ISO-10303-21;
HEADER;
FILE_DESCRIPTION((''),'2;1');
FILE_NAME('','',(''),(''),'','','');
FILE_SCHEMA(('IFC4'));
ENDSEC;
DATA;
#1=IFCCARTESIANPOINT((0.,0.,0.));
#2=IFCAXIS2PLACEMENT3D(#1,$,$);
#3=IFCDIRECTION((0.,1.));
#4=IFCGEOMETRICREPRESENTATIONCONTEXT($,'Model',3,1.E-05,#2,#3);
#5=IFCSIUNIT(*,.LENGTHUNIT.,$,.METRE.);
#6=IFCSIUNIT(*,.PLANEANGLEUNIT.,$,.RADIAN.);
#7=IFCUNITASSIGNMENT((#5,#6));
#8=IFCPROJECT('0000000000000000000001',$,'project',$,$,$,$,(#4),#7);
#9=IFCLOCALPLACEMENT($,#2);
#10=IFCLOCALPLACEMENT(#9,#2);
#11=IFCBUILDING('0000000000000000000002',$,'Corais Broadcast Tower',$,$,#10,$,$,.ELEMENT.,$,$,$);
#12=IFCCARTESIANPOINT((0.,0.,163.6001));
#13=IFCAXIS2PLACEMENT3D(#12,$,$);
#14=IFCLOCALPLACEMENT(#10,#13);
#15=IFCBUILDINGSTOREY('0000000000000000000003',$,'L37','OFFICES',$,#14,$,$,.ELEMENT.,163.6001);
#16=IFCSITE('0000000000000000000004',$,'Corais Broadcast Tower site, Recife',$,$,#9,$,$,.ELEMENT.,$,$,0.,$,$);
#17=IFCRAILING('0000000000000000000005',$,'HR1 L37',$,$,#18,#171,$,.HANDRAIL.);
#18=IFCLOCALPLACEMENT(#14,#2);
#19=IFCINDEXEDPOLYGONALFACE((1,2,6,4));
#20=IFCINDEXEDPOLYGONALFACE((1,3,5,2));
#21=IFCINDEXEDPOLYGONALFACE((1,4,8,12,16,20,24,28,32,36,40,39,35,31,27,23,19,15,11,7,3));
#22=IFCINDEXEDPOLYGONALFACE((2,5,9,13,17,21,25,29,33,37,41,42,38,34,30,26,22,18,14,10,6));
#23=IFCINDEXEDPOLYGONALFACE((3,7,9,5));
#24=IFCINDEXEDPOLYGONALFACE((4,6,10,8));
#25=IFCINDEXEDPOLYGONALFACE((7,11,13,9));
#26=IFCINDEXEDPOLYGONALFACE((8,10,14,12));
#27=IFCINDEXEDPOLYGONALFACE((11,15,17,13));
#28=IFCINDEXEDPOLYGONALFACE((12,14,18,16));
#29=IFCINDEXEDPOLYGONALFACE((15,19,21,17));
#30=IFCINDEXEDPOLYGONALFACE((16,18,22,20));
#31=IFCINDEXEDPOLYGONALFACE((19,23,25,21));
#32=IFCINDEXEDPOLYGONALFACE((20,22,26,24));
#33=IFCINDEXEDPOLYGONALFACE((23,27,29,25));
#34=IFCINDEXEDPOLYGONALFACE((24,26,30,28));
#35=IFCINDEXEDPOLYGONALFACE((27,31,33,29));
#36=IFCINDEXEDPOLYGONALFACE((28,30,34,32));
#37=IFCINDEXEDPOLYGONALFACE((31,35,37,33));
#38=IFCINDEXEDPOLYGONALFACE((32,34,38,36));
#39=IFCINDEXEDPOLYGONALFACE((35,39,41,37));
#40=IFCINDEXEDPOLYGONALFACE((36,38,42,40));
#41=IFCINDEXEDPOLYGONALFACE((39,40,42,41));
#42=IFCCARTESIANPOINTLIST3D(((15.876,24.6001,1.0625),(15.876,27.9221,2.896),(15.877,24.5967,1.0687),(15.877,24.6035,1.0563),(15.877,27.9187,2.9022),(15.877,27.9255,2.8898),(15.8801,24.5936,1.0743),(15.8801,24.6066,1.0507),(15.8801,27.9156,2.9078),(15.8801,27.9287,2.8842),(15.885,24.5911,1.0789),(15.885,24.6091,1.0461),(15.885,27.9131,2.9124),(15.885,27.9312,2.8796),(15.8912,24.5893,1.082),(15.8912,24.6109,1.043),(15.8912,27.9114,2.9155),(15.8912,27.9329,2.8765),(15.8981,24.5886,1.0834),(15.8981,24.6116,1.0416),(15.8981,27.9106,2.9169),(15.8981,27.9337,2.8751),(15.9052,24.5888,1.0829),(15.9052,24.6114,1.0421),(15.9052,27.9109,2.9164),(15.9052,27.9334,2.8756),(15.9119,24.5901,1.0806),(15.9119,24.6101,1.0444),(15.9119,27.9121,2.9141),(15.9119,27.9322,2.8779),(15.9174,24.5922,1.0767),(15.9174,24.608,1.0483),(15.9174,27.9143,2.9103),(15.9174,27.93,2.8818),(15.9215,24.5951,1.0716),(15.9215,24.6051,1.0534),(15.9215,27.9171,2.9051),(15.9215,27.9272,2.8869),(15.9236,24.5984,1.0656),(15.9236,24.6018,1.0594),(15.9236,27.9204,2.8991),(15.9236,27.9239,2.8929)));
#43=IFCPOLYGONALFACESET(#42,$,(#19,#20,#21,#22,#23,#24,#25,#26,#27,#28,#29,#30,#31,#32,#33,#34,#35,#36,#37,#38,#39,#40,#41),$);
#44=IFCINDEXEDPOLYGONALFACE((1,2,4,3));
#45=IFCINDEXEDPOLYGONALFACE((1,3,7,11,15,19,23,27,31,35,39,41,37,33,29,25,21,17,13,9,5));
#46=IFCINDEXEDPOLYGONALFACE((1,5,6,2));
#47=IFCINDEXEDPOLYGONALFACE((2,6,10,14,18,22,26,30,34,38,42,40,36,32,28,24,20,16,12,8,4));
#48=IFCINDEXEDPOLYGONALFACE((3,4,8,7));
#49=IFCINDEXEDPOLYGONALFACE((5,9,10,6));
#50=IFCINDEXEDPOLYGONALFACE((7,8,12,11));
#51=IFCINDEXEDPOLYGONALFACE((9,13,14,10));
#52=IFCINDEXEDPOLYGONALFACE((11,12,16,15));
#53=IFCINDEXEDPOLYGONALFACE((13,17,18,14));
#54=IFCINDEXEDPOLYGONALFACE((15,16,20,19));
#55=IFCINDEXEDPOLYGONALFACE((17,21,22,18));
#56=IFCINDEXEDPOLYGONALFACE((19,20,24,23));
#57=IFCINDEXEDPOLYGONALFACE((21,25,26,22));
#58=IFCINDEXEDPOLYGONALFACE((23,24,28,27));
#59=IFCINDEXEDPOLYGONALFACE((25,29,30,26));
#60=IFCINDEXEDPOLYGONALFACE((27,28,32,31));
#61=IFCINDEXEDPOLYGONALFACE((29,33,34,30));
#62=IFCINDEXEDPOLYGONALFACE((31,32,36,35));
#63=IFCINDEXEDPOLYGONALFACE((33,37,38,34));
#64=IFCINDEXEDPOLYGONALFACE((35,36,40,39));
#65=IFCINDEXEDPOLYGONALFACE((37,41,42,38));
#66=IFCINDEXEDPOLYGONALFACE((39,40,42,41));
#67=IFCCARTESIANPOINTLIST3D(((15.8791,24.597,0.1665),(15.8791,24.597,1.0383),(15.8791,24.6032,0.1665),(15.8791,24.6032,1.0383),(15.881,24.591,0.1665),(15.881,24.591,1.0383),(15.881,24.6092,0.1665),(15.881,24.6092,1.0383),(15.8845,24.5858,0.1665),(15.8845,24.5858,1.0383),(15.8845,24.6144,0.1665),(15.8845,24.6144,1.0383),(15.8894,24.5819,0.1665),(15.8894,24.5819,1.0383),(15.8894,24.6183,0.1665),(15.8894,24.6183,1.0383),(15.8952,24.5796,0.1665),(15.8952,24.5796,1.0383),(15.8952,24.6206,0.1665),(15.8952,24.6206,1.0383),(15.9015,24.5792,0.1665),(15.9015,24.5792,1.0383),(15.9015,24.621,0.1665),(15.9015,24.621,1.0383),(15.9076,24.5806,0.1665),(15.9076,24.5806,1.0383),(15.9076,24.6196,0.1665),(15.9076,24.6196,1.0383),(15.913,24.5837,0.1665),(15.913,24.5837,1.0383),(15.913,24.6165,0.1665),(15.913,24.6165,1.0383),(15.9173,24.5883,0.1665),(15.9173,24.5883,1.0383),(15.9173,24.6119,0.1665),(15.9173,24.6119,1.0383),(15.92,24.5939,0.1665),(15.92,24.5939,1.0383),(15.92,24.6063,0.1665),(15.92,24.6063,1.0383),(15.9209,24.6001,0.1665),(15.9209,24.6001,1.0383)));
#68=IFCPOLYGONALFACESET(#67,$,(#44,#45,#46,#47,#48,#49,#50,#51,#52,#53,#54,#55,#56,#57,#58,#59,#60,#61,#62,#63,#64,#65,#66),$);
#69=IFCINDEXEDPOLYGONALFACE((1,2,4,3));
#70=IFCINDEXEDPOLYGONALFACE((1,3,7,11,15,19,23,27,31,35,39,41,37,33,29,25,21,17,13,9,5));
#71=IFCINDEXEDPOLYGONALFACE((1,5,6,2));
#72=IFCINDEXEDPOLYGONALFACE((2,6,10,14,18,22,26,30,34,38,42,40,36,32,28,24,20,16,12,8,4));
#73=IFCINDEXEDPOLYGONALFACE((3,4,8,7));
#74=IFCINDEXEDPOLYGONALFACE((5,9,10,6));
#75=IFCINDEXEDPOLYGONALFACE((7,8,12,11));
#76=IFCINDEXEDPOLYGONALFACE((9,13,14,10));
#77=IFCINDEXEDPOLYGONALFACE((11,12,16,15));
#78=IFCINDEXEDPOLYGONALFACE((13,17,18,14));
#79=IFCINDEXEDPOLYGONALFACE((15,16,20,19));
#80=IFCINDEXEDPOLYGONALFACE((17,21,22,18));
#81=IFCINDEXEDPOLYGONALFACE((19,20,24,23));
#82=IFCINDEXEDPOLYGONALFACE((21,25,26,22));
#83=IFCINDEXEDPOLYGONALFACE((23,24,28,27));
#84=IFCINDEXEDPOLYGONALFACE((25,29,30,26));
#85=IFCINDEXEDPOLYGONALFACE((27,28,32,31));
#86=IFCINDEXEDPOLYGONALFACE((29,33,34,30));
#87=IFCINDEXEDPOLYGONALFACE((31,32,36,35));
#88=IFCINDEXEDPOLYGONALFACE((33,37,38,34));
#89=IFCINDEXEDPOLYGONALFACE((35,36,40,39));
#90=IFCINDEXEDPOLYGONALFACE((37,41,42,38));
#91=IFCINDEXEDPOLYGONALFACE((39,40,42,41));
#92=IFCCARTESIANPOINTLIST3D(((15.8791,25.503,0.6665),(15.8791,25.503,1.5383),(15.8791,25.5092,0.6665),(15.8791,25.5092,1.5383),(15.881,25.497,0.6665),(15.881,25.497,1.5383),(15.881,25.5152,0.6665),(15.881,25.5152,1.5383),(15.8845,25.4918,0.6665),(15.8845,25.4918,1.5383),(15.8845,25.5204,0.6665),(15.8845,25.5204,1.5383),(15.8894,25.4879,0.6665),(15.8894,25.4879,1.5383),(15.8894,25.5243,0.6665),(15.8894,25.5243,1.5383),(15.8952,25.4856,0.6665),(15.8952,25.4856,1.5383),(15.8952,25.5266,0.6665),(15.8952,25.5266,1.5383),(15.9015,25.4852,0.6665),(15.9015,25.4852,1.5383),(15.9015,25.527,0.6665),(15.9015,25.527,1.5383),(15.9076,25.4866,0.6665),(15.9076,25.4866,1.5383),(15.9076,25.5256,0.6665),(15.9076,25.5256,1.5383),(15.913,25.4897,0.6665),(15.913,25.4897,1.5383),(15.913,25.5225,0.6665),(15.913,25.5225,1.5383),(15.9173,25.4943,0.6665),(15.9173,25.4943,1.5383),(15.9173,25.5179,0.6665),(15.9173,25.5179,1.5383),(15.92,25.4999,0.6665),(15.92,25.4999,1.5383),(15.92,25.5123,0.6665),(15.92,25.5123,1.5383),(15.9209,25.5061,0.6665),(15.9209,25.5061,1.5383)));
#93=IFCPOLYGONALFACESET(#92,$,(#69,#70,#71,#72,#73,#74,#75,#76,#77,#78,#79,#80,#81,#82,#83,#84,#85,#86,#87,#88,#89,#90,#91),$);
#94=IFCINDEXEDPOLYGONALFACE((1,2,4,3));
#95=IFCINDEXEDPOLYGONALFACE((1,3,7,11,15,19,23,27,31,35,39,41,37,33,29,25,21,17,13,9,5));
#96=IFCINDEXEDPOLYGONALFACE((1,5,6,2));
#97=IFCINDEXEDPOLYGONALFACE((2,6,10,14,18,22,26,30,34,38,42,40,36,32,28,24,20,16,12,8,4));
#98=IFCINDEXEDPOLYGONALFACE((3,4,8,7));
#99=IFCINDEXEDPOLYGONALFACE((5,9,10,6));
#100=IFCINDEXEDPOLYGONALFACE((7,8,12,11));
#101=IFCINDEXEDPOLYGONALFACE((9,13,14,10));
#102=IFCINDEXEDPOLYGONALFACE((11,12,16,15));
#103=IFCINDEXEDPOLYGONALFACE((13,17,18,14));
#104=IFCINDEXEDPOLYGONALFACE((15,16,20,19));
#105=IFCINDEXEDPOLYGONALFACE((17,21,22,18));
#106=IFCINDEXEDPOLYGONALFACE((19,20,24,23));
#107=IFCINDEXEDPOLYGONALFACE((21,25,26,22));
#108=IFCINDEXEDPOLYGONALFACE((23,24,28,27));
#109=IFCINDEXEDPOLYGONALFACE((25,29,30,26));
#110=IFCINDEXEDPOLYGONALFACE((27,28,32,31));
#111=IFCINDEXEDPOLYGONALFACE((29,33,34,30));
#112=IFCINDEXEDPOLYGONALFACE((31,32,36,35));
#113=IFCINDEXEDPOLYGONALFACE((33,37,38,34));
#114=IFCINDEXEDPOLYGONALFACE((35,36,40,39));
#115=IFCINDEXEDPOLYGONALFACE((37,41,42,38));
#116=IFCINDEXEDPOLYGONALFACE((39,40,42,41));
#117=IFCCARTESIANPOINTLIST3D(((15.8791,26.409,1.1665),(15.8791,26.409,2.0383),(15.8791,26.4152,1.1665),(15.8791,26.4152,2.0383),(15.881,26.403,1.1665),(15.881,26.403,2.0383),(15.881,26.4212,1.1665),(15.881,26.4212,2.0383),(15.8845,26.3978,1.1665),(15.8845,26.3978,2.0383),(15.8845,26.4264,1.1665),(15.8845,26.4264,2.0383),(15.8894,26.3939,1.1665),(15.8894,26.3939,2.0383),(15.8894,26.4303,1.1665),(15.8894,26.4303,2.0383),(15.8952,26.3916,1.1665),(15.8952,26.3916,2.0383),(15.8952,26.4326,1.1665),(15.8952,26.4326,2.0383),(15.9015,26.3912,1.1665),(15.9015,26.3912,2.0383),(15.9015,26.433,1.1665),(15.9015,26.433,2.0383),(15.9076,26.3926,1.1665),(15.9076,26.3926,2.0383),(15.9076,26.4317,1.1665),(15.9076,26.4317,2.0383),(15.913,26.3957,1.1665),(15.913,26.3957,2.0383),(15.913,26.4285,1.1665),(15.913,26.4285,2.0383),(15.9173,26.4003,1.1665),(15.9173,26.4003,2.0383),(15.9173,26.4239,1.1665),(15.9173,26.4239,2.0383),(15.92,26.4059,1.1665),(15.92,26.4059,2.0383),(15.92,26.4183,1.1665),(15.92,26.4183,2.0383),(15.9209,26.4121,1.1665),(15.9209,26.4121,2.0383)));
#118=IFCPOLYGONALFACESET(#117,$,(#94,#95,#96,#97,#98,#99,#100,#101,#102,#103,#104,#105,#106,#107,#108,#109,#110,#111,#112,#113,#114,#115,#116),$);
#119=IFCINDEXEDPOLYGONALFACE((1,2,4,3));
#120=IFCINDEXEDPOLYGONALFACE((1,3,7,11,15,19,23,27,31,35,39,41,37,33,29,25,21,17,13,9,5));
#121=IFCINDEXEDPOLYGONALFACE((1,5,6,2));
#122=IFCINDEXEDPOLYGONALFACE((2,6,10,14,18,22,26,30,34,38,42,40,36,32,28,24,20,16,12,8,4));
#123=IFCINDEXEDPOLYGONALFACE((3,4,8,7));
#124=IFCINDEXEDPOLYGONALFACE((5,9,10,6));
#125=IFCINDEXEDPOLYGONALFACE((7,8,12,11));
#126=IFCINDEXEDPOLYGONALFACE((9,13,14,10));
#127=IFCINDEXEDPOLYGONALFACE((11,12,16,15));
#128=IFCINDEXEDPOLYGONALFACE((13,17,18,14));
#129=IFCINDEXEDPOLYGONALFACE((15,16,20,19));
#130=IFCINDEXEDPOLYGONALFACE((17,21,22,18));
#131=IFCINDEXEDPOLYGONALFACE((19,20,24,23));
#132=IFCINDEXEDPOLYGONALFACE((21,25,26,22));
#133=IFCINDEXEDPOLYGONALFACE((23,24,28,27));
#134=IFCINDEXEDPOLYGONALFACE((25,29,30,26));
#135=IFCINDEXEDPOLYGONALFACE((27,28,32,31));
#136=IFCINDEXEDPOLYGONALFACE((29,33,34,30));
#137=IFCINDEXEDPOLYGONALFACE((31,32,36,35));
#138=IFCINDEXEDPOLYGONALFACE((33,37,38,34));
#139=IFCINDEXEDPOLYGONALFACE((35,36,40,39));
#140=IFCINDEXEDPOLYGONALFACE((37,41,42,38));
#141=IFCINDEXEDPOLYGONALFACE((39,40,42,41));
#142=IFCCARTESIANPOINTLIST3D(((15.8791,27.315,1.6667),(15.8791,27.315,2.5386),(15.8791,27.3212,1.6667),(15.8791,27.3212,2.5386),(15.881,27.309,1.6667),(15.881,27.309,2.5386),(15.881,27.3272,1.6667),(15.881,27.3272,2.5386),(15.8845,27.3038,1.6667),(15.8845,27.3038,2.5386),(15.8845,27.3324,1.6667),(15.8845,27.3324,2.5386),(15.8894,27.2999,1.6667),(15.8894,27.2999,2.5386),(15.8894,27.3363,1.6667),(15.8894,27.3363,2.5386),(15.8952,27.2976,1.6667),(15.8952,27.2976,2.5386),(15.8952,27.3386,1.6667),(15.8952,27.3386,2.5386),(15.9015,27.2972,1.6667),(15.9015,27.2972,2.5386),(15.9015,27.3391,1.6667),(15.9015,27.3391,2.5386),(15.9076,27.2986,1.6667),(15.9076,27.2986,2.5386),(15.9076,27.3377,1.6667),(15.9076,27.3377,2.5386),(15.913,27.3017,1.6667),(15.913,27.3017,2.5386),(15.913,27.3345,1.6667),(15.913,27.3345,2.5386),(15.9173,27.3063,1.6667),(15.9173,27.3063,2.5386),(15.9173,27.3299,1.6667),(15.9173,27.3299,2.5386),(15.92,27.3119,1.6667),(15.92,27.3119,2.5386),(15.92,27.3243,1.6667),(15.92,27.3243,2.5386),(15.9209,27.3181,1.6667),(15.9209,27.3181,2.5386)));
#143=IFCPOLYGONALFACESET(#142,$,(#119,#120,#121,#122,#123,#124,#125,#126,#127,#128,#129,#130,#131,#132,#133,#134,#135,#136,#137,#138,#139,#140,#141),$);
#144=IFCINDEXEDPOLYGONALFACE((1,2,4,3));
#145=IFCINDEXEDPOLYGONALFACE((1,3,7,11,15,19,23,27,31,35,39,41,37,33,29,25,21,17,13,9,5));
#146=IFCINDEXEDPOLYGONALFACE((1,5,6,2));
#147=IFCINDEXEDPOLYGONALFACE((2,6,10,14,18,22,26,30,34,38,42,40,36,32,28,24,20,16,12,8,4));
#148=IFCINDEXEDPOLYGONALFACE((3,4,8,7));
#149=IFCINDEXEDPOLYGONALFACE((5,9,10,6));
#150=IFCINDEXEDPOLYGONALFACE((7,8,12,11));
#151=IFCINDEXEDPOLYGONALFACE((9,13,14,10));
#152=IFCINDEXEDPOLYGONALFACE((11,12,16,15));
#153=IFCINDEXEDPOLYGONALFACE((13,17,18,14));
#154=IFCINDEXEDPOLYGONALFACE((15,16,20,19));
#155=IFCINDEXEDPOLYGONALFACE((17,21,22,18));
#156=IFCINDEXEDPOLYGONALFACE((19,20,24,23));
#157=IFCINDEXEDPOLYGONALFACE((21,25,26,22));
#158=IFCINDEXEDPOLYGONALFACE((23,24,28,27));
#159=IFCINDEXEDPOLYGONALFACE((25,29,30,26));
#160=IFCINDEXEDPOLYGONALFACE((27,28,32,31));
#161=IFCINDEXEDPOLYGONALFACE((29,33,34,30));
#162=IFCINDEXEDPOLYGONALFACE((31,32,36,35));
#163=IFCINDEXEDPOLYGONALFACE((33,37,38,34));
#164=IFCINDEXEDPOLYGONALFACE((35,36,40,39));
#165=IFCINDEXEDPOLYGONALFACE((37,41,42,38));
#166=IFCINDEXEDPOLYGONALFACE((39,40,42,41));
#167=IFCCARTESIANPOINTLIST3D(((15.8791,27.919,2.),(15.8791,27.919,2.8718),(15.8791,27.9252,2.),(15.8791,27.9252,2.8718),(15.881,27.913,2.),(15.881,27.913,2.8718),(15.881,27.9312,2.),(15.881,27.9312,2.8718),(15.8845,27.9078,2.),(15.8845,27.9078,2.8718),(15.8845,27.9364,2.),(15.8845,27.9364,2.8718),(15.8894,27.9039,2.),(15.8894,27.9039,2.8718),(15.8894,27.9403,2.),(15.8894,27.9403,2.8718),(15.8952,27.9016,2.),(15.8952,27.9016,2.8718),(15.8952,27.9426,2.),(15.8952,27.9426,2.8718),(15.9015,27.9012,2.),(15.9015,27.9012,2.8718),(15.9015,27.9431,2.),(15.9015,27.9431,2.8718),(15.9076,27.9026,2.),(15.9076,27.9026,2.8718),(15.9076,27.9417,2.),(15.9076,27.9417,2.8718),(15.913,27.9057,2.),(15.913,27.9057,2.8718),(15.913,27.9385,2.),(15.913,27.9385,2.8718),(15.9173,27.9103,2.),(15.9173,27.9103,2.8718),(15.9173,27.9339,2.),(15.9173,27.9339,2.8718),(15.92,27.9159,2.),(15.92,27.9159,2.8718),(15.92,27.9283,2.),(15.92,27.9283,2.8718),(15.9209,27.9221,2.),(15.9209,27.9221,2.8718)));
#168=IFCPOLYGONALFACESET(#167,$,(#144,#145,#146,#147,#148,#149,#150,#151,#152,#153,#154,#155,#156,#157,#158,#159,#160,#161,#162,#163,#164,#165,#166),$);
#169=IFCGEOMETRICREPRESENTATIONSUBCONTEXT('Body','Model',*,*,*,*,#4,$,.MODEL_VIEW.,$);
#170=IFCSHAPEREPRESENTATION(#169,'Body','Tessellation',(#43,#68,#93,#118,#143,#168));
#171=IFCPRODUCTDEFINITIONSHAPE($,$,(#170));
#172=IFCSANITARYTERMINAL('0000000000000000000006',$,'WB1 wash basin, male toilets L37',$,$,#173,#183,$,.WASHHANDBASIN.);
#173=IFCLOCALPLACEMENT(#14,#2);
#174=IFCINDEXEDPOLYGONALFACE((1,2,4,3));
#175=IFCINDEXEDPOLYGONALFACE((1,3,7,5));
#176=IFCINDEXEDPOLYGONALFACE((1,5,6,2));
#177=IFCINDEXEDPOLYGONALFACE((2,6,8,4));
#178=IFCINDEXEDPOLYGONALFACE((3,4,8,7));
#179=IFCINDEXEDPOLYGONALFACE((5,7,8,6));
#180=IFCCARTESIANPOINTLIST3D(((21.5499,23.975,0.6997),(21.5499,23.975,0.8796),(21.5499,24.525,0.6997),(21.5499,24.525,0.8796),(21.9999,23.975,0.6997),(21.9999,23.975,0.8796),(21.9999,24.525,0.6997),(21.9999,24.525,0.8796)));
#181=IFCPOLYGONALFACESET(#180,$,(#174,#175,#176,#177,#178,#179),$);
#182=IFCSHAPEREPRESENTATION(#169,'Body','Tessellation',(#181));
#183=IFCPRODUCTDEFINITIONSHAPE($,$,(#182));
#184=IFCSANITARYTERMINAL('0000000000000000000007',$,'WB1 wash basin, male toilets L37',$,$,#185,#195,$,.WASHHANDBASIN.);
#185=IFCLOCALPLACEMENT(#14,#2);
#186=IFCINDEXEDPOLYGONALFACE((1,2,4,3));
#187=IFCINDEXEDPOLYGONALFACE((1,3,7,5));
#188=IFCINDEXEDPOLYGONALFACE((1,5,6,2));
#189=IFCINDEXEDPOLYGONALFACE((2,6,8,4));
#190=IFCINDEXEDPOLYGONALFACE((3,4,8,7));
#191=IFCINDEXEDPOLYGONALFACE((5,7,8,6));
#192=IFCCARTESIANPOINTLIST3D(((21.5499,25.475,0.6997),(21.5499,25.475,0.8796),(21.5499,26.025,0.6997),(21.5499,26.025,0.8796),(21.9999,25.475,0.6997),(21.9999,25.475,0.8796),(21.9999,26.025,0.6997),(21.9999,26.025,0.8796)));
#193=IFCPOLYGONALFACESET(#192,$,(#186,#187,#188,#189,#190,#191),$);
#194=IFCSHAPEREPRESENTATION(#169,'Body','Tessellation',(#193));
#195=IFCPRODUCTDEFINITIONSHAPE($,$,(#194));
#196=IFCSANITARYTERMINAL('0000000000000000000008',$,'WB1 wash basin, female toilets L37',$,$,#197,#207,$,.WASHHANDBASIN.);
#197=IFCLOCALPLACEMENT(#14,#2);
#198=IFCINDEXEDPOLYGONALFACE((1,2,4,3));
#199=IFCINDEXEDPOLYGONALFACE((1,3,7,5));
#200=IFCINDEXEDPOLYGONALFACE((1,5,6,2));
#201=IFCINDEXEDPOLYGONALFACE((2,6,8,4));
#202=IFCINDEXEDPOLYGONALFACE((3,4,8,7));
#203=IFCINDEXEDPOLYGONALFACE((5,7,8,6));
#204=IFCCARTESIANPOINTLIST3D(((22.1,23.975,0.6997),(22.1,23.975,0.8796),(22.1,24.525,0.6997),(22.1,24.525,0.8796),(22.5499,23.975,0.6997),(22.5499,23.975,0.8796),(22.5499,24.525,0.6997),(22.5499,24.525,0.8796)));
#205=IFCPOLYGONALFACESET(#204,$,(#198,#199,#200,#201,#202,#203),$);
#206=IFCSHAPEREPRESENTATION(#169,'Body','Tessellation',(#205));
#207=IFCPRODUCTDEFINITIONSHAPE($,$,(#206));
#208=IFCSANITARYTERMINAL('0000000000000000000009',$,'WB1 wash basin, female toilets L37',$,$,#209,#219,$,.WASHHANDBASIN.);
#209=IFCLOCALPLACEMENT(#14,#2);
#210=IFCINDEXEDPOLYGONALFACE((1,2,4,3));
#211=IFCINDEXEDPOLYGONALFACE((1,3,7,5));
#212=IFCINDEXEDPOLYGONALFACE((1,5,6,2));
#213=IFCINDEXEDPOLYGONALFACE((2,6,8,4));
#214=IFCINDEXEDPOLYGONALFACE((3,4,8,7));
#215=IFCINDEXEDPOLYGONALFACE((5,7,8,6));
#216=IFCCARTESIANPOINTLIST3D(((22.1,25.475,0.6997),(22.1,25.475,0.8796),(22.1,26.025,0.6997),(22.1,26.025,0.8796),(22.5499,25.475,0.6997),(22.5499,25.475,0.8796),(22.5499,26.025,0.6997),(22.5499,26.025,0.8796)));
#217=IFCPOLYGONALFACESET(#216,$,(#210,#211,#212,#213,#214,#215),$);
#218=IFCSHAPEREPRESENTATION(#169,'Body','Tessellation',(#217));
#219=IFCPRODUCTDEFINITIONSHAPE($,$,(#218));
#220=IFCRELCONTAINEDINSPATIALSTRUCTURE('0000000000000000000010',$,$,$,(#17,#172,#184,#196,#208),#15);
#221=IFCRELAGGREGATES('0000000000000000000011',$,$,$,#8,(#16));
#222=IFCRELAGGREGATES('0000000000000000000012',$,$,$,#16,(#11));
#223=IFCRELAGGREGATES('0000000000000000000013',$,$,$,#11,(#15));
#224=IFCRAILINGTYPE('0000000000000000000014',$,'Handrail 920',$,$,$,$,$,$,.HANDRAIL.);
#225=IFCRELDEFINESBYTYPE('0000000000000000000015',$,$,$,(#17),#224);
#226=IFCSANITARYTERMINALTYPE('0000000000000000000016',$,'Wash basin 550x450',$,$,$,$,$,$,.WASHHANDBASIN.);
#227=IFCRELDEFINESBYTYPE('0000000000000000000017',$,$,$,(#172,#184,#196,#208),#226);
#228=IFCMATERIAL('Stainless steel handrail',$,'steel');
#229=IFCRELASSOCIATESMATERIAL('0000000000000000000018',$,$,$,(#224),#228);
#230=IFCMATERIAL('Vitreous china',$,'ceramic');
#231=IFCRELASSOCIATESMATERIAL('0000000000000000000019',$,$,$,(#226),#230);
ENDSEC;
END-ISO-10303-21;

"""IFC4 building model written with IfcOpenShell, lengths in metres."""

from ifc_helpers import new_model, si_unit, direction, frame, origin, origin_2d, place, context, subcontext, project, spatial, rectangle, circle, extrude, material, type_object, element, save


model = new_model("IFC4")

# Units and contexts
model_context = context("Model", 3, precision=1e-05, world=origin(), true_north=direction((0.0, 1.0)))
body_context = subcontext(model_context, "Body", "Model", "MODEL_VIEW")
ifc_project = project(units=[si_unit("LENGTHUNIT", "METRE"), si_unit("PLANEANGLEUNIT", "RADIAN")], contexts=[model_context])

# Site, building, storey
site_placement = place(None, origin())
site = spatial("IfcSite", under=ifc_project, at=site_placement, Name="Corais Broadcast Tower site, Recife", CompositionType="ELEMENT", RefElevation=0.0)
building_placement = place(site_placement, origin())
building = spatial("IfcBuilding", under=site, at=building_placement, Name="Corais Broadcast Tower", CompositionType="ELEMENT")
storey_placement = place(building_placement, frame((0.0, 0.0, 163.6001)))
storey = spatial("IfcBuildingStorey", under=building, at=storey_placement, Name="L37", Description="OFFICES", CompositionType="ELEMENT", Elevation=163.6001)

# Railing
ifc_material_1 = material(Name="Stainless steel handrail", Category="steel")
railing_type = type_object("IfcRailingType", Name="Handrail 920", PredefinedType="HANDRAIL", material=ifc_material_1)
for number, where, name in (
    (1, (15.8999, 24.6001, 0.1665), "HR1 L37"),
):
    element("IfcRailing", number, at=place(storey_placement, frame(where)), inside=storey, type_object=railing_type, Name=name, PredefinedType="HANDRAIL", context=body_context, shape_type="SweptSolid", body=[
        extrude(circle(Radius=0.0239, at=origin_2d()), frame((0.0, 0.0, 0.896), z_axis=(0.0, 0.875504, 0.48321), x_axis=(-1.0, 0.0, 0.0)), (0.0, 0.0, 1.0), 3.7944),
        extrude(circle(Radius=0.021, at=origin_2d()), origin(), (0.0, 0.0, 1.0), 0.8718),
        extrude(circle(Radius=0.021, at=origin_2d()), frame((0.0, 0.906, 0.5)), (0.0, 0.0, 1.0), 0.8718),
        extrude(circle(Radius=0.021, at=origin_2d()), frame((0.0, 1.812, 1.0)), (0.0, 0.0, 1.0), 0.8718),
        extrude(circle(Radius=0.021, at=origin_2d()), frame((0.0, 2.718, 1.5002)), (0.0, 0.0, 1.0), 0.8718),
        extrude(circle(Radius=0.021, at=origin_2d()), frame((0.0, 3.322, 1.8335)), (0.0, 0.0, 1.0), 0.8718),
    ])

# Sanitary terminals
ifc_material_2 = material(Name="Vitreous china", Category="ceramic")
sanitary_terminal_type = type_object("IfcSanitaryTerminalType", Name="Wash basin 550x450", PredefinedType="WASHHANDBASIN", material=ifc_material_2)
for number, where, z_axis, x_axis, name in (
    (2, (21.7749, 24.25, 0.6997), (0.0, 0.0, 1.0), (1.0, 0.0, 0.0), "WB1 wash basin, male toilets L37"),
    (3, (21.7749, 25.75, 0.6997), (0.0, 0.0, 1.0), (1.0, 0.0, 0.0), "WB1 wash basin, male toilets L37"),
    (4, (22.325, 24.25, 0.6997), (0.0, 0.0, 1.0), (1.0, 0.0, 0.0), "WB1 wash basin, female toilets L37"),
    (5, (22.325, 25.75, 0.6997), (0.0, 0.0, 1.0), (1.0, 0.0, 0.0), "WB1 wash basin, female toilets L37"),
):
    element("IfcSanitaryTerminal", number, at=place(storey_placement, frame(where, z_axis=z_axis, x_axis=x_axis)), inside=storey, type_object=sanitary_terminal_type, Name=name, PredefinedType="WASHHANDBASIN", context=body_context, shape_type="SweptSolid", body=[
        extrude(rectangle(XDim=0.45, YDim=0.55, at=origin_2d()), origin(), (0.0, 0.0, 1.0), 0.1799),
    ])

save(model, "model.ifc")
